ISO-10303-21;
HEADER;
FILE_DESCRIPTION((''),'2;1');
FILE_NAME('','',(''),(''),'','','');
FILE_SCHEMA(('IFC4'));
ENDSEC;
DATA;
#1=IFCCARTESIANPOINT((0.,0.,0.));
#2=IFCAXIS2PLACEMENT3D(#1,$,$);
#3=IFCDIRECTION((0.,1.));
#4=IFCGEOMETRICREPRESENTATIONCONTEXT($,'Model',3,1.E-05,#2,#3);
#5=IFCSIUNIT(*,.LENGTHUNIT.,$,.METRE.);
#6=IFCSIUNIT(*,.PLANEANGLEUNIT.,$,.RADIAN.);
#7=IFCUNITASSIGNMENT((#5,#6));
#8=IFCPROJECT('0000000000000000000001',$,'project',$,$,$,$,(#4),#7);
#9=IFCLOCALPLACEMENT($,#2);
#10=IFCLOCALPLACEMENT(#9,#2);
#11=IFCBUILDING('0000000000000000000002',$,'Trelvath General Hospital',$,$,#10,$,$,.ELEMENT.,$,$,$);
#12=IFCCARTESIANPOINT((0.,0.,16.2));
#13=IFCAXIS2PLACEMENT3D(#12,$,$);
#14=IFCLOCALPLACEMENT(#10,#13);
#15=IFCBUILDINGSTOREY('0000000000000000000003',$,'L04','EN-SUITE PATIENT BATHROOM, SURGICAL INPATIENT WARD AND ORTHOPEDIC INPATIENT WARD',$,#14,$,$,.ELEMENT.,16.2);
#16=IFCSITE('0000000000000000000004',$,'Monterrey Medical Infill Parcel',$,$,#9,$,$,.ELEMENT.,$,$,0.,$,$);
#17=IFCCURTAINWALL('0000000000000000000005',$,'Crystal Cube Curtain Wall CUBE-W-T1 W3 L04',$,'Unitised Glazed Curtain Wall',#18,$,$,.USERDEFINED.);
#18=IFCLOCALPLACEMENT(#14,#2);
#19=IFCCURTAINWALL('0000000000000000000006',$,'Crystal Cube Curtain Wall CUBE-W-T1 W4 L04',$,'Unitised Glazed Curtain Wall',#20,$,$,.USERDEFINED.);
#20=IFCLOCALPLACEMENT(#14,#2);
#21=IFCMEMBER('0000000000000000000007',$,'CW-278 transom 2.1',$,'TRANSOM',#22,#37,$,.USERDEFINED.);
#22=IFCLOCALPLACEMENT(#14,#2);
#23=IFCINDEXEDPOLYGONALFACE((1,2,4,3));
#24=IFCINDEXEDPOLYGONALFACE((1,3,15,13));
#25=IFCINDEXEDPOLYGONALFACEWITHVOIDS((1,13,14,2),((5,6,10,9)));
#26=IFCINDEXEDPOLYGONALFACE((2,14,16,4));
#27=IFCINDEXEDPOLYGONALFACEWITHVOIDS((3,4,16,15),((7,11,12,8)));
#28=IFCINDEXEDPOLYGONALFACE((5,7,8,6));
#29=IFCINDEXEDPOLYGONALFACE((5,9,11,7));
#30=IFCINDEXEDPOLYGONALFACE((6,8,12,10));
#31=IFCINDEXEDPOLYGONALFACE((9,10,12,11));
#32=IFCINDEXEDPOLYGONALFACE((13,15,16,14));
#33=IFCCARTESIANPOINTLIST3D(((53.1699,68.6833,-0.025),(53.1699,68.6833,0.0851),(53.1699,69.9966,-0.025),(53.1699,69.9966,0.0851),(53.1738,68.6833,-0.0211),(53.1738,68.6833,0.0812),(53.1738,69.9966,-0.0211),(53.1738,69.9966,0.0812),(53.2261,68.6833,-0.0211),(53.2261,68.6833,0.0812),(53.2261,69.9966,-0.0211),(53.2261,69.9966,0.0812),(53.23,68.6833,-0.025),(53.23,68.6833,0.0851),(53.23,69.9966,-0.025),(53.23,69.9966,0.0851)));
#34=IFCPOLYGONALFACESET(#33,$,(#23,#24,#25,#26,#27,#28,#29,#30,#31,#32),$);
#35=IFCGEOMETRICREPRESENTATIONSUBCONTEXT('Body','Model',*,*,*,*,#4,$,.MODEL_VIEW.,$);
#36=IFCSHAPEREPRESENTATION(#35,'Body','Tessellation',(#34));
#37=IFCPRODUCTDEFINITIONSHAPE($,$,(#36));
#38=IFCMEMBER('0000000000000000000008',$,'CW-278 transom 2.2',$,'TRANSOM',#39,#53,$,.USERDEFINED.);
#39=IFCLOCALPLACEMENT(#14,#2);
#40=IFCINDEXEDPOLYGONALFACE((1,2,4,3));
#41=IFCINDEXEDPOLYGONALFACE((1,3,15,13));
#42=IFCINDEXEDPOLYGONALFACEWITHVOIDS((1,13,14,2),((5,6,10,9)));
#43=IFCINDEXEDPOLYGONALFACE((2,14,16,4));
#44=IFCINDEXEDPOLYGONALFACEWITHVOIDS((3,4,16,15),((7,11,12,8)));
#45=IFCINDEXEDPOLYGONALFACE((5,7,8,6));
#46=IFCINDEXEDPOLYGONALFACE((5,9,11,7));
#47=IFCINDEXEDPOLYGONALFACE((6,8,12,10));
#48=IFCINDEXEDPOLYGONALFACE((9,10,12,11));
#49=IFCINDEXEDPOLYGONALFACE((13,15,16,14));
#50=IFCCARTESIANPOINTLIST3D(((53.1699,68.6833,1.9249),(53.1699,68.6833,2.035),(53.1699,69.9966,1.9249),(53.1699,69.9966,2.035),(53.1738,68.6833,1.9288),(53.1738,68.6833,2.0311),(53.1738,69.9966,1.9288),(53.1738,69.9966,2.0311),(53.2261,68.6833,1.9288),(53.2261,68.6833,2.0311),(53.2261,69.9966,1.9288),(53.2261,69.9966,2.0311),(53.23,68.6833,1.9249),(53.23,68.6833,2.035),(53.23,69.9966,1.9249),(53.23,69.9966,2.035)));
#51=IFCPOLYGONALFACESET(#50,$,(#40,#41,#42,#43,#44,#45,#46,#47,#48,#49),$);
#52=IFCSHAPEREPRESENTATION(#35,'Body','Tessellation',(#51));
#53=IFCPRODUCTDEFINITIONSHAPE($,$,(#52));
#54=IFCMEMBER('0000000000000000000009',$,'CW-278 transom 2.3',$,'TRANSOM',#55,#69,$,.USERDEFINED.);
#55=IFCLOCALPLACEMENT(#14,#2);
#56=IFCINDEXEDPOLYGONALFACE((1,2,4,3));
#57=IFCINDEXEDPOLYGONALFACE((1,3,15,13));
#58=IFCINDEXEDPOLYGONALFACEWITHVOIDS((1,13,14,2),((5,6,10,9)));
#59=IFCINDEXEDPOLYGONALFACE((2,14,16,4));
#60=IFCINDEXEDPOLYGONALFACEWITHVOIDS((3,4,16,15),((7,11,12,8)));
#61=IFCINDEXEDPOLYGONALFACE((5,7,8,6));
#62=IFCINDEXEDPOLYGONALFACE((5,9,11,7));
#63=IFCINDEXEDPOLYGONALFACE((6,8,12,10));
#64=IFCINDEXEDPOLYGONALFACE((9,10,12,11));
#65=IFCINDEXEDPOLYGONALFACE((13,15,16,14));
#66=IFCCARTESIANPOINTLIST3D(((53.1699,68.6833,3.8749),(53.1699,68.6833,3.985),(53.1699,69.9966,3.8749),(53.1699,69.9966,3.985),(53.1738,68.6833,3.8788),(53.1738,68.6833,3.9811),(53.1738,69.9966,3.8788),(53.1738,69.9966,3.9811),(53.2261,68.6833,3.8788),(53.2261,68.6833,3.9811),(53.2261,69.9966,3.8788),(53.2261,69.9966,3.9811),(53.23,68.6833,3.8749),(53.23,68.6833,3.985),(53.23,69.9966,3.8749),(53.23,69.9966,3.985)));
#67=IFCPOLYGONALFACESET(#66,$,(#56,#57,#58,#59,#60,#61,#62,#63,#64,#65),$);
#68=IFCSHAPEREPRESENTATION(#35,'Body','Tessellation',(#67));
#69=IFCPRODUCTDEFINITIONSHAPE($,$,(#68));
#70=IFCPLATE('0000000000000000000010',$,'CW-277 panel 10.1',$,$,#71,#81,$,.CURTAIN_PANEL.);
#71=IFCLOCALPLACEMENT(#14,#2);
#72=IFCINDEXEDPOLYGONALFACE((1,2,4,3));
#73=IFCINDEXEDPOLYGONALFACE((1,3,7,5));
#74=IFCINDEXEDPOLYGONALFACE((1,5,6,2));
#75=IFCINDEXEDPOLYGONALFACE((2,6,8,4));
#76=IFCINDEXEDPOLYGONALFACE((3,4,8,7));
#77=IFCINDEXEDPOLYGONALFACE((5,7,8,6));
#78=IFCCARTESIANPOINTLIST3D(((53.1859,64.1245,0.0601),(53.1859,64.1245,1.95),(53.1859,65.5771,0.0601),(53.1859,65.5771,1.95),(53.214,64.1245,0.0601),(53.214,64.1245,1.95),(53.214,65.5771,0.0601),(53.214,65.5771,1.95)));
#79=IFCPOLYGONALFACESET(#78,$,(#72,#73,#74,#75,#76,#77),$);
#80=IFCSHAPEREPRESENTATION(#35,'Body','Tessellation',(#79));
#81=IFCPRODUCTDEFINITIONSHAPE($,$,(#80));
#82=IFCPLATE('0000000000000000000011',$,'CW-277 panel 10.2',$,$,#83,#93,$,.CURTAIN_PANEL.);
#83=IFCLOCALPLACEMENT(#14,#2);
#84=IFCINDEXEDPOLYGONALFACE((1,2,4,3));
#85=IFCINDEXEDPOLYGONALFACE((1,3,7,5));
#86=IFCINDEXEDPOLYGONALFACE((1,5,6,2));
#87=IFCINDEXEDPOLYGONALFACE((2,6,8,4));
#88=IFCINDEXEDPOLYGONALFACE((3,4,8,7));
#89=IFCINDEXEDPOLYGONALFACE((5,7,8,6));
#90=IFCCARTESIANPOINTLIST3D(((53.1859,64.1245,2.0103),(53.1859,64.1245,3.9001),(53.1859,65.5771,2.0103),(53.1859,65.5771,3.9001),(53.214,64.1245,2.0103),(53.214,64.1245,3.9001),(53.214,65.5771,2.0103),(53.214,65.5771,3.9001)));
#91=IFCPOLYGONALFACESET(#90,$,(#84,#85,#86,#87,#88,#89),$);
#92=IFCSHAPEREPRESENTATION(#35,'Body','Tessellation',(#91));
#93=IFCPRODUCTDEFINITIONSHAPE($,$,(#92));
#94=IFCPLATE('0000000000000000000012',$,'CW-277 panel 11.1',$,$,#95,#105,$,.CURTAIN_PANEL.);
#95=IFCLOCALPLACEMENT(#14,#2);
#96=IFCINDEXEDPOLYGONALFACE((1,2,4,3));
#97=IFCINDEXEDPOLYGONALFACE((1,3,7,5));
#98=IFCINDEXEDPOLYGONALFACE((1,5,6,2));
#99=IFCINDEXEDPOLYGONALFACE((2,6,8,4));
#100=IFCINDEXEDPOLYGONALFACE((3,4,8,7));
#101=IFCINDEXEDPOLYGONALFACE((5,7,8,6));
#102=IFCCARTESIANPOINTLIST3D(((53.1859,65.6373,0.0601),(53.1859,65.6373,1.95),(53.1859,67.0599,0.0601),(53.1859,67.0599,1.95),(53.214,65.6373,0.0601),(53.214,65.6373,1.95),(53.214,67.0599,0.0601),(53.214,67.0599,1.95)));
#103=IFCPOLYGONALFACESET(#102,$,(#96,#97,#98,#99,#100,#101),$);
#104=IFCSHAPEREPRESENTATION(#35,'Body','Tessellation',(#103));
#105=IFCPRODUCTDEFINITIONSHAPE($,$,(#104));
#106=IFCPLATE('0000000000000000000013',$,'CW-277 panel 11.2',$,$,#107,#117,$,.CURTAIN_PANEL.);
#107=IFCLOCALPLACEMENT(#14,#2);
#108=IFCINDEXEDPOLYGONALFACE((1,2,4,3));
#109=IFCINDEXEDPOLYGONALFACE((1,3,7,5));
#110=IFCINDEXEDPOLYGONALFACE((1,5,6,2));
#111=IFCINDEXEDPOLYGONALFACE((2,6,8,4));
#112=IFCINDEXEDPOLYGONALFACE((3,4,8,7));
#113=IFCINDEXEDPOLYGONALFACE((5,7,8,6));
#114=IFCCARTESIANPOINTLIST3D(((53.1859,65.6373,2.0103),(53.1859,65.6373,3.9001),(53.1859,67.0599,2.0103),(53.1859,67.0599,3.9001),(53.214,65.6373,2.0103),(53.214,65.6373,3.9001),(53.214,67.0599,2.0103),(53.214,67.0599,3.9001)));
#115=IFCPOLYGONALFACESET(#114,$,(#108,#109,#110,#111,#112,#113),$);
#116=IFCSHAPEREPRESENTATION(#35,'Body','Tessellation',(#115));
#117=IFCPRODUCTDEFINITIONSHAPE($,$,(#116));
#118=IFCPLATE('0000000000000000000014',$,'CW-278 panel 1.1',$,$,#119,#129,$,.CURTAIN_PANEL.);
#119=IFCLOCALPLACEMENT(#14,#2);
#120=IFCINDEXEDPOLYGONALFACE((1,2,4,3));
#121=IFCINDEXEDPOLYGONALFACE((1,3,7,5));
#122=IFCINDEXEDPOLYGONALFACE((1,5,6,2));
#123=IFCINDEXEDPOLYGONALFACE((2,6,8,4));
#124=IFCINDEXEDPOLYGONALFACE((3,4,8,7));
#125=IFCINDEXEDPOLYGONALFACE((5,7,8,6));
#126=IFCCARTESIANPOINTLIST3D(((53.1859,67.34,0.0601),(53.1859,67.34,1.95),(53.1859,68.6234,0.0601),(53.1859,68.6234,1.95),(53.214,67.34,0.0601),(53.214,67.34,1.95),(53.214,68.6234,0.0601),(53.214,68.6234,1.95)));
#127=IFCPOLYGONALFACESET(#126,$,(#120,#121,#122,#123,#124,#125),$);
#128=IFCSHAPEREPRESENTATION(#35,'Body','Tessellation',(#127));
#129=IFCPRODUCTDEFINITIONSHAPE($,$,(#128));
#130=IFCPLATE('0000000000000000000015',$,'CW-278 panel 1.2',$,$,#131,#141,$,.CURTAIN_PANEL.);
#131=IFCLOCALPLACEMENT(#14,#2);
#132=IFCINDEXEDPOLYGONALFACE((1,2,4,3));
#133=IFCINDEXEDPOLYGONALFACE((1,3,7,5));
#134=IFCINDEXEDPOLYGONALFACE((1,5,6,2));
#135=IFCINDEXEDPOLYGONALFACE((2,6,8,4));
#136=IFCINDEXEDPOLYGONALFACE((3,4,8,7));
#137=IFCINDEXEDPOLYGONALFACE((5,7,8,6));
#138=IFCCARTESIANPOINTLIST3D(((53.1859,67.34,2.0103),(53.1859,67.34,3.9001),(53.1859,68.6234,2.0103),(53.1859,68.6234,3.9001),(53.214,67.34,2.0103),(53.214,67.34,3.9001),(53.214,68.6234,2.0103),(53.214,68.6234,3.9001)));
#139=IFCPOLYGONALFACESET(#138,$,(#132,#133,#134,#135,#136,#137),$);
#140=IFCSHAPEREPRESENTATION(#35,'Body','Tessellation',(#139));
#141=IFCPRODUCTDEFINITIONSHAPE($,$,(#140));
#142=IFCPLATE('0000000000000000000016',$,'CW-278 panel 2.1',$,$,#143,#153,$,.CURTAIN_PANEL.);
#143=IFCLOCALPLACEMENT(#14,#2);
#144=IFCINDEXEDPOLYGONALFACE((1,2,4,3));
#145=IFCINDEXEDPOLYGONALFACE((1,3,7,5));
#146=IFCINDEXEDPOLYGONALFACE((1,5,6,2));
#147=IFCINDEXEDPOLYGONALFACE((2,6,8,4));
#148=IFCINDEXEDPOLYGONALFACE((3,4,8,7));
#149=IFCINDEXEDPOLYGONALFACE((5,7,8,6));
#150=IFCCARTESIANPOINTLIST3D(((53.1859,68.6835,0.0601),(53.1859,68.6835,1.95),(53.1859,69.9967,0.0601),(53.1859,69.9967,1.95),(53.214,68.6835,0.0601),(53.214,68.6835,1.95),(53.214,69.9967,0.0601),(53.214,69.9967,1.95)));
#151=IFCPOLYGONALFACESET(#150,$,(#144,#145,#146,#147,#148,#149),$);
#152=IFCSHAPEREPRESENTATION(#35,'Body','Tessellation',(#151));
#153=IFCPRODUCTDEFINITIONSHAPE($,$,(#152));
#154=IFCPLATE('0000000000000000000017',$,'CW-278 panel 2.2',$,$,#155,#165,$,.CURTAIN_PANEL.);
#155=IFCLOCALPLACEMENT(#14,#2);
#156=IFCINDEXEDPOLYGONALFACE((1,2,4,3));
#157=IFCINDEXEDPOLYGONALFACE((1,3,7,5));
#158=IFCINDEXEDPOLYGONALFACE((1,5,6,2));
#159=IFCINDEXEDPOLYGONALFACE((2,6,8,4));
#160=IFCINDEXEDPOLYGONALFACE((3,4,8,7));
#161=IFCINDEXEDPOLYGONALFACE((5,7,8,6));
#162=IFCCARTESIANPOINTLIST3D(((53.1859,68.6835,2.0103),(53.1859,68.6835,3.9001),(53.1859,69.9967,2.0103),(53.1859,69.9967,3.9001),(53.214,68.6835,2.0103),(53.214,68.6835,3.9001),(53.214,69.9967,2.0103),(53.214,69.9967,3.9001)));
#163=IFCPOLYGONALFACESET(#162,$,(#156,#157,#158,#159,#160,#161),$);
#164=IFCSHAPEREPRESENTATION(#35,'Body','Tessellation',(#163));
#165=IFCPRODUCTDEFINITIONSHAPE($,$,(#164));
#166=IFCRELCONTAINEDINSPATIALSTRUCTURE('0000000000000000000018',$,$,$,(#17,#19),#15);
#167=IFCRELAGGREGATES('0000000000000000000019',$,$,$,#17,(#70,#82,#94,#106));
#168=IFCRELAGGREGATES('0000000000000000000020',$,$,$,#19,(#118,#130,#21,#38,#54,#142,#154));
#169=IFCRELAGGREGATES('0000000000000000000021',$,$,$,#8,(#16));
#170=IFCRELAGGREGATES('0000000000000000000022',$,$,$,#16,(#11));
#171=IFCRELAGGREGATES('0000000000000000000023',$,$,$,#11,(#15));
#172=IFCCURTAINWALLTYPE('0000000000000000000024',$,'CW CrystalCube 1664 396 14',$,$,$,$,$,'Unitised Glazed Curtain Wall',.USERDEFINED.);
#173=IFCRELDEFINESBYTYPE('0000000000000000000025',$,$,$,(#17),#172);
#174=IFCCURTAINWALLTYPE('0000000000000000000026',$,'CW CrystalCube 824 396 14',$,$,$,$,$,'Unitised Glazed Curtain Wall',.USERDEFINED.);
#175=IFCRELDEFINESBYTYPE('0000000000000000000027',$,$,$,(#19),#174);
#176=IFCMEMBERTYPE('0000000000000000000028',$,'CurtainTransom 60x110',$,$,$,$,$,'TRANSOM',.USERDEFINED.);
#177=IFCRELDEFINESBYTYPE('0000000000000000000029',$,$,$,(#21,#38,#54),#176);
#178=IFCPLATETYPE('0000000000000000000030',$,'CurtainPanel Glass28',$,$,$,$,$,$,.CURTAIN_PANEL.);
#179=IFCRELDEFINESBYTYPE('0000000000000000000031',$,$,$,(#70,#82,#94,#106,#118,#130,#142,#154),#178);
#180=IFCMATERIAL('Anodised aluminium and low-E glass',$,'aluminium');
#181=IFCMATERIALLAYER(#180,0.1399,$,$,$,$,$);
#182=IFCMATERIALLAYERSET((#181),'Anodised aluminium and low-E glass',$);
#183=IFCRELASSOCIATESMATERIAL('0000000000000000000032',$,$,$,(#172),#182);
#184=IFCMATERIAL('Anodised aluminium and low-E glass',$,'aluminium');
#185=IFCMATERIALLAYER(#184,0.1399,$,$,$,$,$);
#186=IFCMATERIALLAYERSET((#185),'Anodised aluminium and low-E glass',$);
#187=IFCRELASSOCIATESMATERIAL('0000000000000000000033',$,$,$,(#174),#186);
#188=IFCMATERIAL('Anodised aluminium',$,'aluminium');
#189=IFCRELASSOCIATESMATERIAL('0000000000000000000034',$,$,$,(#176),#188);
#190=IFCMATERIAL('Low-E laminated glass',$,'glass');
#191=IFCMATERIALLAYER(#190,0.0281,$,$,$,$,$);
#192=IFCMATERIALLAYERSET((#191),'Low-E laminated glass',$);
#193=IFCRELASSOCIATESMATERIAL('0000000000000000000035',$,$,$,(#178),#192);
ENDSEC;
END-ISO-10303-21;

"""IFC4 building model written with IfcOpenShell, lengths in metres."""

from ifc_helpers import new_model, si_unit, direction, frame, origin, origin_2d, place, context, subcontext, project, spatial, rectangle, hollow_rectangle, extrude, material, layer, layer_set, material_profile, profile_set, type_object, element, aggregate, save


model = new_model("IFC4")

# Units and contexts
model_context = context("Model", 3, precision=1e-05, world=origin(), true_north=direction((0.0, 1.0)))
body_context = subcontext(model_context, "Body", "Model", "MODEL_VIEW")
ifc_project = project(units=[si_unit("LENGTHUNIT", "METRE"), si_unit("PLANEANGLEUNIT", "RADIAN")], contexts=[model_context])

# Site, building, storey
site_placement = place(None, origin())
site = spatial("IfcSite", under=ifc_project, at=site_placement, Name="Monterrey Medical Infill Parcel", CompositionType="ELEMENT", RefElevation=0.0)
building_placement = place(site_placement, origin())
building = spatial("IfcBuilding", under=site, at=building_placement, Name="Trelvath General Hospital", CompositionType="ELEMENT")
storey_placement = place(building_placement, frame((0.0, 0.0, 16.2)))
storey = spatial("IfcBuildingStorey", under=building, at=storey_placement, Name="L04", Description="EN-SUITE PATIENT BATHROOM, SURGICAL INPATIENT WARD AND ORTHOPEDIC INPATIENT WARD", CompositionType="ELEMENT", Elevation=16.2)

# Curtain walls
ifc_material_1 = material(Name="Anodised aluminium and low-E glass", Category="aluminium")
ifc_layer_1 = layer(ifc_material_1, 0.1399)
ifc_layer_set_1 = layer_set([ifc_layer_1], Name="Anodised aluminium and low-E glass")
curtain_wall_type_1 = type_object("IfcCurtainWallType", Name="CW CrystalCube 1664 396 14", ElementType="Unitised Glazed Curtain Wall", PredefinedType="USERDEFINED", material=ifc_layer_set_1)
curtain_wall_1_placement = place(storey_placement, origin())
curtain_wall_1 = element("IfcCurtainWall", 1, at=curtain_wall_1_placement, inside=storey, type_object=curtain_wall_type_1, Name="Crystal Cube Curtain Wall CUBE-W-T1 W3 L04", ObjectType="Unitised Glazed Curtain Wall", PredefinedType="USERDEFINED")
ifc_material_2 = material(Name="Anodised aluminium and low-E glass", Category="aluminium")
ifc_layer_2 = layer(ifc_material_2, 0.1399)
ifc_layer_set_2 = layer_set([ifc_layer_2], Name="Anodised aluminium and low-E glass")
curtain_wall_type_2 = type_object("IfcCurtainWallType", Name="CW CrystalCube 824 396 14", ElementType="Unitised Glazed Curtain Wall", PredefinedType="USERDEFINED", material=ifc_layer_set_2)
curtain_wall_2_placement = place(storey_placement, origin())
curtain_wall_2 = element("IfcCurtainWall", 2, at=curtain_wall_2_placement, inside=storey, type_object=curtain_wall_type_2, Name="Crystal Cube Curtain Wall CUBE-W-T1 W4 L04", ObjectType="Unitised Glazed Curtain Wall", PredefinedType="USERDEFINED")

# Members
ifc_material_3 = material(Name="Anodised aluminium", Category="aluminium")
ifc_material_profile_1 = material_profile(ifc_material_3, hollow_rectangle(XDim=0.0601, YDim=0.1101, WallThickness=0.0039, at=origin_2d()), Name="RHS60x110x4")
ifc_profile_set_1 = profile_set([ifc_material_profile_1], Name="Anodised aluminium")
member_type_1 = type_object("IfcMemberType", Name="CurtainTransom 60x110", ElementType="TRANSOM", PredefinedType="USERDEFINED", material=ifc_profile_set_1)
member_1_placement = place(storey_placement, frame((53.2, 68.6833, 0.03), z_axis=(0.0, 1.0, 0.0), x_axis=(-1.0, 0.0, 0.0)))
member_1 = element("IfcMember", 3, at=member_1_placement, type_object=member_type_1, Name="CW-278 transom 2.1", ObjectType="TRANSOM", PredefinedType="USERDEFINED", context=body_context, shape_type="SweptSolid", body=[
    extrude(hollow_rectangle(XDim=0.0601, YDim=0.1101, WallThickness=0.0039, at=origin_2d()), origin(), (0.0, 0.0, 1.0), 1.3132),
])
member_2_placement = place(storey_placement, frame((53.2, 68.6833, 1.98), z_axis=(0.0, 1.0, 0.0), x_axis=(-1.0, 0.0, 0.0)))
member_2 = element("IfcMember", 4, at=member_2_placement, type_object=member_type_1, Name="CW-278 transom 2.2", ObjectType="TRANSOM", PredefinedType="USERDEFINED", context=body_context, shape_type="SweptSolid", body=[
    extrude(hollow_rectangle(XDim=0.0601, YDim=0.1101, WallThickness=0.0039, at=origin_2d()), origin(), (0.0, 0.0, 1.0), 1.3132),
])
member_3_placement = place(storey_placement, frame((53.2, 68.6833, 3.9299), z_axis=(0.0, 1.0, 0.0), x_axis=(-1.0, 0.0, 0.0)))
member_3 = element("IfcMember", 5, at=member_3_placement, type_object=member_type_1, Name="CW-278 transom 2.3", ObjectType="TRANSOM", PredefinedType="USERDEFINED", context=body_context, shape_type="SweptSolid", body=[
    extrude(hollow_rectangle(XDim=0.0601, YDim=0.1101, WallThickness=0.0039, at=origin_2d()), origin(), (0.0, 0.0, 1.0), 1.3132),
])

# Plates
ifc_material_4 = material(Name="Low-E laminated glass", Category="glass")
ifc_layer_3 = layer(ifc_material_4, 0.0281)
ifc_layer_set_3 = layer_set([ifc_layer_3], Name="Low-E laminated glass")
plate_type = type_object("IfcPlateType", Name="CurtainPanel Glass28", PredefinedType="CURTAIN_PANEL", material=ifc_layer_set_3)
plate_1_placement = place(storey_placement, frame((53.2, 64.8508, 0.0601), z_axis=(0.0, 0.0, 1.0), x_axis=(0.0, 1.0, 0.0)))
plate_1 = element("IfcPlate", 6, at=plate_1_placement, type_object=plate_type, Name="CW-277 panel 10.1", PredefinedType="CURTAIN_PANEL", context=body_context, shape_type="SweptSolid", body=[
    extrude(rectangle(XDim=1.4526, YDim=0.0281, at=origin_2d()), origin(), (0.0, 0.0, 1.0), 1.8899),
])
plate_2_placement = place(storey_placement, frame((53.2, 64.8508, 2.0103), z_axis=(0.0, 0.0, 1.0), x_axis=(0.0, 1.0, 0.0)))
plate_2 = element("IfcPlate", 7, at=plate_2_placement, type_object=plate_type, Name="CW-277 panel 10.2", PredefinedType="CURTAIN_PANEL", context=body_context, shape_type="SweptSolid", body=[
    extrude(rectangle(XDim=1.4526, YDim=0.0281, at=origin_2d()), origin(), (0.0, 0.0, 1.0), 1.8899),
])
plate_3_placement = place(storey_placement, frame((53.2, 66.3486, 0.0601), z_axis=(0.0, 0.0, 1.0), x_axis=(0.0, 1.0, 0.0)))
plate_3 = element("IfcPlate", 8, at=plate_3_placement, type_object=plate_type, Name="CW-277 panel 11.1", PredefinedType="CURTAIN_PANEL", context=body_context, shape_type="SweptSolid", body=[
    extrude(rectangle(XDim=1.4226, YDim=0.0281, at=origin_2d()), origin(), (0.0, 0.0, 1.0), 1.8899),
])
plate_4_placement = place(storey_placement, frame((53.2, 66.3486, 2.0103), z_axis=(0.0, 0.0, 1.0), x_axis=(0.0, 1.0, 0.0)))
plate_4 = element("IfcPlate", 9, at=plate_4_placement, type_object=plate_type, Name="CW-277 panel 11.2", PredefinedType="CURTAIN_PANEL", context=body_context, shape_type="SweptSolid", body=[
    extrude(rectangle(XDim=1.4226, YDim=0.0281, at=origin_2d()), origin(), (0.0, 0.0, 1.0), 1.8899),
])
aggregate(curtain_wall_1, [plate_1, plate_2, plate_3, plate_4])
plate_5_placement = place(storey_placement, frame((53.2, 67.9817, 0.0601), z_axis=(0.0, 0.0, 1.0), x_axis=(0.0, 1.0, 0.0)))
plate_5 = element("IfcPlate", 10, at=plate_5_placement, type_object=plate_type, Name="CW-278 panel 1.1", PredefinedType="CURTAIN_PANEL", context=body_context, shape_type="SweptSolid", body=[
    extrude(rectangle(XDim=1.2834, YDim=0.0281, at=origin_2d()), origin(), (0.0, 0.0, 1.0), 1.8899),
])
plate_6_placement = place(storey_placement, frame((53.2, 67.9817, 2.0103), z_axis=(0.0, 0.0, 1.0), x_axis=(0.0, 1.0, 0.0)))
plate_6 = element("IfcPlate", 11, at=plate_6_placement, type_object=plate_type, Name="CW-278 panel 1.2", PredefinedType="CURTAIN_PANEL", context=body_context, shape_type="SweptSolid", body=[
    extrude(rectangle(XDim=1.2834, YDim=0.0281, at=origin_2d()), origin(), (0.0, 0.0, 1.0), 1.8899),
])
plate_7_placement = place(storey_placement, frame((53.2, 69.3401, 0.0601), z_axis=(0.0, 0.0, 1.0), x_axis=(0.0, 1.0, 0.0)))
plate_7 = element("IfcPlate", 12, at=plate_7_placement, type_object=plate_type, Name="CW-278 panel 2.1", PredefinedType="CURTAIN_PANEL", context=body_context, shape_type="SweptSolid", body=[
    extrude(rectangle(XDim=1.3132, YDim=0.0281, at=origin_2d()), origin(), (0.0, 0.0, 1.0), 1.8899),
])
plate_8_placement = place(storey_placement, frame((53.2, 69.3401, 2.0103), z_axis=(0.0, 0.0, 1.0), x_axis=(0.0, 1.0, 0.0)))
plate_8 = element("IfcPlate", 13, at=plate_8_placement, type_object=plate_type, Name="CW-278 panel 2.2", PredefinedType="CURTAIN_PANEL", context=body_context, shape_type="SweptSolid", body=[
    extrude(rectangle(XDim=1.3132, YDim=0.0281, at=origin_2d()), origin(), (0.0, 0.0, 1.0), 1.8899),
])
aggregate(curtain_wall_2, [plate_5, plate_6, member_1, member_2, member_3, plate_7, plate_8])

save(model, "model.ifc")
